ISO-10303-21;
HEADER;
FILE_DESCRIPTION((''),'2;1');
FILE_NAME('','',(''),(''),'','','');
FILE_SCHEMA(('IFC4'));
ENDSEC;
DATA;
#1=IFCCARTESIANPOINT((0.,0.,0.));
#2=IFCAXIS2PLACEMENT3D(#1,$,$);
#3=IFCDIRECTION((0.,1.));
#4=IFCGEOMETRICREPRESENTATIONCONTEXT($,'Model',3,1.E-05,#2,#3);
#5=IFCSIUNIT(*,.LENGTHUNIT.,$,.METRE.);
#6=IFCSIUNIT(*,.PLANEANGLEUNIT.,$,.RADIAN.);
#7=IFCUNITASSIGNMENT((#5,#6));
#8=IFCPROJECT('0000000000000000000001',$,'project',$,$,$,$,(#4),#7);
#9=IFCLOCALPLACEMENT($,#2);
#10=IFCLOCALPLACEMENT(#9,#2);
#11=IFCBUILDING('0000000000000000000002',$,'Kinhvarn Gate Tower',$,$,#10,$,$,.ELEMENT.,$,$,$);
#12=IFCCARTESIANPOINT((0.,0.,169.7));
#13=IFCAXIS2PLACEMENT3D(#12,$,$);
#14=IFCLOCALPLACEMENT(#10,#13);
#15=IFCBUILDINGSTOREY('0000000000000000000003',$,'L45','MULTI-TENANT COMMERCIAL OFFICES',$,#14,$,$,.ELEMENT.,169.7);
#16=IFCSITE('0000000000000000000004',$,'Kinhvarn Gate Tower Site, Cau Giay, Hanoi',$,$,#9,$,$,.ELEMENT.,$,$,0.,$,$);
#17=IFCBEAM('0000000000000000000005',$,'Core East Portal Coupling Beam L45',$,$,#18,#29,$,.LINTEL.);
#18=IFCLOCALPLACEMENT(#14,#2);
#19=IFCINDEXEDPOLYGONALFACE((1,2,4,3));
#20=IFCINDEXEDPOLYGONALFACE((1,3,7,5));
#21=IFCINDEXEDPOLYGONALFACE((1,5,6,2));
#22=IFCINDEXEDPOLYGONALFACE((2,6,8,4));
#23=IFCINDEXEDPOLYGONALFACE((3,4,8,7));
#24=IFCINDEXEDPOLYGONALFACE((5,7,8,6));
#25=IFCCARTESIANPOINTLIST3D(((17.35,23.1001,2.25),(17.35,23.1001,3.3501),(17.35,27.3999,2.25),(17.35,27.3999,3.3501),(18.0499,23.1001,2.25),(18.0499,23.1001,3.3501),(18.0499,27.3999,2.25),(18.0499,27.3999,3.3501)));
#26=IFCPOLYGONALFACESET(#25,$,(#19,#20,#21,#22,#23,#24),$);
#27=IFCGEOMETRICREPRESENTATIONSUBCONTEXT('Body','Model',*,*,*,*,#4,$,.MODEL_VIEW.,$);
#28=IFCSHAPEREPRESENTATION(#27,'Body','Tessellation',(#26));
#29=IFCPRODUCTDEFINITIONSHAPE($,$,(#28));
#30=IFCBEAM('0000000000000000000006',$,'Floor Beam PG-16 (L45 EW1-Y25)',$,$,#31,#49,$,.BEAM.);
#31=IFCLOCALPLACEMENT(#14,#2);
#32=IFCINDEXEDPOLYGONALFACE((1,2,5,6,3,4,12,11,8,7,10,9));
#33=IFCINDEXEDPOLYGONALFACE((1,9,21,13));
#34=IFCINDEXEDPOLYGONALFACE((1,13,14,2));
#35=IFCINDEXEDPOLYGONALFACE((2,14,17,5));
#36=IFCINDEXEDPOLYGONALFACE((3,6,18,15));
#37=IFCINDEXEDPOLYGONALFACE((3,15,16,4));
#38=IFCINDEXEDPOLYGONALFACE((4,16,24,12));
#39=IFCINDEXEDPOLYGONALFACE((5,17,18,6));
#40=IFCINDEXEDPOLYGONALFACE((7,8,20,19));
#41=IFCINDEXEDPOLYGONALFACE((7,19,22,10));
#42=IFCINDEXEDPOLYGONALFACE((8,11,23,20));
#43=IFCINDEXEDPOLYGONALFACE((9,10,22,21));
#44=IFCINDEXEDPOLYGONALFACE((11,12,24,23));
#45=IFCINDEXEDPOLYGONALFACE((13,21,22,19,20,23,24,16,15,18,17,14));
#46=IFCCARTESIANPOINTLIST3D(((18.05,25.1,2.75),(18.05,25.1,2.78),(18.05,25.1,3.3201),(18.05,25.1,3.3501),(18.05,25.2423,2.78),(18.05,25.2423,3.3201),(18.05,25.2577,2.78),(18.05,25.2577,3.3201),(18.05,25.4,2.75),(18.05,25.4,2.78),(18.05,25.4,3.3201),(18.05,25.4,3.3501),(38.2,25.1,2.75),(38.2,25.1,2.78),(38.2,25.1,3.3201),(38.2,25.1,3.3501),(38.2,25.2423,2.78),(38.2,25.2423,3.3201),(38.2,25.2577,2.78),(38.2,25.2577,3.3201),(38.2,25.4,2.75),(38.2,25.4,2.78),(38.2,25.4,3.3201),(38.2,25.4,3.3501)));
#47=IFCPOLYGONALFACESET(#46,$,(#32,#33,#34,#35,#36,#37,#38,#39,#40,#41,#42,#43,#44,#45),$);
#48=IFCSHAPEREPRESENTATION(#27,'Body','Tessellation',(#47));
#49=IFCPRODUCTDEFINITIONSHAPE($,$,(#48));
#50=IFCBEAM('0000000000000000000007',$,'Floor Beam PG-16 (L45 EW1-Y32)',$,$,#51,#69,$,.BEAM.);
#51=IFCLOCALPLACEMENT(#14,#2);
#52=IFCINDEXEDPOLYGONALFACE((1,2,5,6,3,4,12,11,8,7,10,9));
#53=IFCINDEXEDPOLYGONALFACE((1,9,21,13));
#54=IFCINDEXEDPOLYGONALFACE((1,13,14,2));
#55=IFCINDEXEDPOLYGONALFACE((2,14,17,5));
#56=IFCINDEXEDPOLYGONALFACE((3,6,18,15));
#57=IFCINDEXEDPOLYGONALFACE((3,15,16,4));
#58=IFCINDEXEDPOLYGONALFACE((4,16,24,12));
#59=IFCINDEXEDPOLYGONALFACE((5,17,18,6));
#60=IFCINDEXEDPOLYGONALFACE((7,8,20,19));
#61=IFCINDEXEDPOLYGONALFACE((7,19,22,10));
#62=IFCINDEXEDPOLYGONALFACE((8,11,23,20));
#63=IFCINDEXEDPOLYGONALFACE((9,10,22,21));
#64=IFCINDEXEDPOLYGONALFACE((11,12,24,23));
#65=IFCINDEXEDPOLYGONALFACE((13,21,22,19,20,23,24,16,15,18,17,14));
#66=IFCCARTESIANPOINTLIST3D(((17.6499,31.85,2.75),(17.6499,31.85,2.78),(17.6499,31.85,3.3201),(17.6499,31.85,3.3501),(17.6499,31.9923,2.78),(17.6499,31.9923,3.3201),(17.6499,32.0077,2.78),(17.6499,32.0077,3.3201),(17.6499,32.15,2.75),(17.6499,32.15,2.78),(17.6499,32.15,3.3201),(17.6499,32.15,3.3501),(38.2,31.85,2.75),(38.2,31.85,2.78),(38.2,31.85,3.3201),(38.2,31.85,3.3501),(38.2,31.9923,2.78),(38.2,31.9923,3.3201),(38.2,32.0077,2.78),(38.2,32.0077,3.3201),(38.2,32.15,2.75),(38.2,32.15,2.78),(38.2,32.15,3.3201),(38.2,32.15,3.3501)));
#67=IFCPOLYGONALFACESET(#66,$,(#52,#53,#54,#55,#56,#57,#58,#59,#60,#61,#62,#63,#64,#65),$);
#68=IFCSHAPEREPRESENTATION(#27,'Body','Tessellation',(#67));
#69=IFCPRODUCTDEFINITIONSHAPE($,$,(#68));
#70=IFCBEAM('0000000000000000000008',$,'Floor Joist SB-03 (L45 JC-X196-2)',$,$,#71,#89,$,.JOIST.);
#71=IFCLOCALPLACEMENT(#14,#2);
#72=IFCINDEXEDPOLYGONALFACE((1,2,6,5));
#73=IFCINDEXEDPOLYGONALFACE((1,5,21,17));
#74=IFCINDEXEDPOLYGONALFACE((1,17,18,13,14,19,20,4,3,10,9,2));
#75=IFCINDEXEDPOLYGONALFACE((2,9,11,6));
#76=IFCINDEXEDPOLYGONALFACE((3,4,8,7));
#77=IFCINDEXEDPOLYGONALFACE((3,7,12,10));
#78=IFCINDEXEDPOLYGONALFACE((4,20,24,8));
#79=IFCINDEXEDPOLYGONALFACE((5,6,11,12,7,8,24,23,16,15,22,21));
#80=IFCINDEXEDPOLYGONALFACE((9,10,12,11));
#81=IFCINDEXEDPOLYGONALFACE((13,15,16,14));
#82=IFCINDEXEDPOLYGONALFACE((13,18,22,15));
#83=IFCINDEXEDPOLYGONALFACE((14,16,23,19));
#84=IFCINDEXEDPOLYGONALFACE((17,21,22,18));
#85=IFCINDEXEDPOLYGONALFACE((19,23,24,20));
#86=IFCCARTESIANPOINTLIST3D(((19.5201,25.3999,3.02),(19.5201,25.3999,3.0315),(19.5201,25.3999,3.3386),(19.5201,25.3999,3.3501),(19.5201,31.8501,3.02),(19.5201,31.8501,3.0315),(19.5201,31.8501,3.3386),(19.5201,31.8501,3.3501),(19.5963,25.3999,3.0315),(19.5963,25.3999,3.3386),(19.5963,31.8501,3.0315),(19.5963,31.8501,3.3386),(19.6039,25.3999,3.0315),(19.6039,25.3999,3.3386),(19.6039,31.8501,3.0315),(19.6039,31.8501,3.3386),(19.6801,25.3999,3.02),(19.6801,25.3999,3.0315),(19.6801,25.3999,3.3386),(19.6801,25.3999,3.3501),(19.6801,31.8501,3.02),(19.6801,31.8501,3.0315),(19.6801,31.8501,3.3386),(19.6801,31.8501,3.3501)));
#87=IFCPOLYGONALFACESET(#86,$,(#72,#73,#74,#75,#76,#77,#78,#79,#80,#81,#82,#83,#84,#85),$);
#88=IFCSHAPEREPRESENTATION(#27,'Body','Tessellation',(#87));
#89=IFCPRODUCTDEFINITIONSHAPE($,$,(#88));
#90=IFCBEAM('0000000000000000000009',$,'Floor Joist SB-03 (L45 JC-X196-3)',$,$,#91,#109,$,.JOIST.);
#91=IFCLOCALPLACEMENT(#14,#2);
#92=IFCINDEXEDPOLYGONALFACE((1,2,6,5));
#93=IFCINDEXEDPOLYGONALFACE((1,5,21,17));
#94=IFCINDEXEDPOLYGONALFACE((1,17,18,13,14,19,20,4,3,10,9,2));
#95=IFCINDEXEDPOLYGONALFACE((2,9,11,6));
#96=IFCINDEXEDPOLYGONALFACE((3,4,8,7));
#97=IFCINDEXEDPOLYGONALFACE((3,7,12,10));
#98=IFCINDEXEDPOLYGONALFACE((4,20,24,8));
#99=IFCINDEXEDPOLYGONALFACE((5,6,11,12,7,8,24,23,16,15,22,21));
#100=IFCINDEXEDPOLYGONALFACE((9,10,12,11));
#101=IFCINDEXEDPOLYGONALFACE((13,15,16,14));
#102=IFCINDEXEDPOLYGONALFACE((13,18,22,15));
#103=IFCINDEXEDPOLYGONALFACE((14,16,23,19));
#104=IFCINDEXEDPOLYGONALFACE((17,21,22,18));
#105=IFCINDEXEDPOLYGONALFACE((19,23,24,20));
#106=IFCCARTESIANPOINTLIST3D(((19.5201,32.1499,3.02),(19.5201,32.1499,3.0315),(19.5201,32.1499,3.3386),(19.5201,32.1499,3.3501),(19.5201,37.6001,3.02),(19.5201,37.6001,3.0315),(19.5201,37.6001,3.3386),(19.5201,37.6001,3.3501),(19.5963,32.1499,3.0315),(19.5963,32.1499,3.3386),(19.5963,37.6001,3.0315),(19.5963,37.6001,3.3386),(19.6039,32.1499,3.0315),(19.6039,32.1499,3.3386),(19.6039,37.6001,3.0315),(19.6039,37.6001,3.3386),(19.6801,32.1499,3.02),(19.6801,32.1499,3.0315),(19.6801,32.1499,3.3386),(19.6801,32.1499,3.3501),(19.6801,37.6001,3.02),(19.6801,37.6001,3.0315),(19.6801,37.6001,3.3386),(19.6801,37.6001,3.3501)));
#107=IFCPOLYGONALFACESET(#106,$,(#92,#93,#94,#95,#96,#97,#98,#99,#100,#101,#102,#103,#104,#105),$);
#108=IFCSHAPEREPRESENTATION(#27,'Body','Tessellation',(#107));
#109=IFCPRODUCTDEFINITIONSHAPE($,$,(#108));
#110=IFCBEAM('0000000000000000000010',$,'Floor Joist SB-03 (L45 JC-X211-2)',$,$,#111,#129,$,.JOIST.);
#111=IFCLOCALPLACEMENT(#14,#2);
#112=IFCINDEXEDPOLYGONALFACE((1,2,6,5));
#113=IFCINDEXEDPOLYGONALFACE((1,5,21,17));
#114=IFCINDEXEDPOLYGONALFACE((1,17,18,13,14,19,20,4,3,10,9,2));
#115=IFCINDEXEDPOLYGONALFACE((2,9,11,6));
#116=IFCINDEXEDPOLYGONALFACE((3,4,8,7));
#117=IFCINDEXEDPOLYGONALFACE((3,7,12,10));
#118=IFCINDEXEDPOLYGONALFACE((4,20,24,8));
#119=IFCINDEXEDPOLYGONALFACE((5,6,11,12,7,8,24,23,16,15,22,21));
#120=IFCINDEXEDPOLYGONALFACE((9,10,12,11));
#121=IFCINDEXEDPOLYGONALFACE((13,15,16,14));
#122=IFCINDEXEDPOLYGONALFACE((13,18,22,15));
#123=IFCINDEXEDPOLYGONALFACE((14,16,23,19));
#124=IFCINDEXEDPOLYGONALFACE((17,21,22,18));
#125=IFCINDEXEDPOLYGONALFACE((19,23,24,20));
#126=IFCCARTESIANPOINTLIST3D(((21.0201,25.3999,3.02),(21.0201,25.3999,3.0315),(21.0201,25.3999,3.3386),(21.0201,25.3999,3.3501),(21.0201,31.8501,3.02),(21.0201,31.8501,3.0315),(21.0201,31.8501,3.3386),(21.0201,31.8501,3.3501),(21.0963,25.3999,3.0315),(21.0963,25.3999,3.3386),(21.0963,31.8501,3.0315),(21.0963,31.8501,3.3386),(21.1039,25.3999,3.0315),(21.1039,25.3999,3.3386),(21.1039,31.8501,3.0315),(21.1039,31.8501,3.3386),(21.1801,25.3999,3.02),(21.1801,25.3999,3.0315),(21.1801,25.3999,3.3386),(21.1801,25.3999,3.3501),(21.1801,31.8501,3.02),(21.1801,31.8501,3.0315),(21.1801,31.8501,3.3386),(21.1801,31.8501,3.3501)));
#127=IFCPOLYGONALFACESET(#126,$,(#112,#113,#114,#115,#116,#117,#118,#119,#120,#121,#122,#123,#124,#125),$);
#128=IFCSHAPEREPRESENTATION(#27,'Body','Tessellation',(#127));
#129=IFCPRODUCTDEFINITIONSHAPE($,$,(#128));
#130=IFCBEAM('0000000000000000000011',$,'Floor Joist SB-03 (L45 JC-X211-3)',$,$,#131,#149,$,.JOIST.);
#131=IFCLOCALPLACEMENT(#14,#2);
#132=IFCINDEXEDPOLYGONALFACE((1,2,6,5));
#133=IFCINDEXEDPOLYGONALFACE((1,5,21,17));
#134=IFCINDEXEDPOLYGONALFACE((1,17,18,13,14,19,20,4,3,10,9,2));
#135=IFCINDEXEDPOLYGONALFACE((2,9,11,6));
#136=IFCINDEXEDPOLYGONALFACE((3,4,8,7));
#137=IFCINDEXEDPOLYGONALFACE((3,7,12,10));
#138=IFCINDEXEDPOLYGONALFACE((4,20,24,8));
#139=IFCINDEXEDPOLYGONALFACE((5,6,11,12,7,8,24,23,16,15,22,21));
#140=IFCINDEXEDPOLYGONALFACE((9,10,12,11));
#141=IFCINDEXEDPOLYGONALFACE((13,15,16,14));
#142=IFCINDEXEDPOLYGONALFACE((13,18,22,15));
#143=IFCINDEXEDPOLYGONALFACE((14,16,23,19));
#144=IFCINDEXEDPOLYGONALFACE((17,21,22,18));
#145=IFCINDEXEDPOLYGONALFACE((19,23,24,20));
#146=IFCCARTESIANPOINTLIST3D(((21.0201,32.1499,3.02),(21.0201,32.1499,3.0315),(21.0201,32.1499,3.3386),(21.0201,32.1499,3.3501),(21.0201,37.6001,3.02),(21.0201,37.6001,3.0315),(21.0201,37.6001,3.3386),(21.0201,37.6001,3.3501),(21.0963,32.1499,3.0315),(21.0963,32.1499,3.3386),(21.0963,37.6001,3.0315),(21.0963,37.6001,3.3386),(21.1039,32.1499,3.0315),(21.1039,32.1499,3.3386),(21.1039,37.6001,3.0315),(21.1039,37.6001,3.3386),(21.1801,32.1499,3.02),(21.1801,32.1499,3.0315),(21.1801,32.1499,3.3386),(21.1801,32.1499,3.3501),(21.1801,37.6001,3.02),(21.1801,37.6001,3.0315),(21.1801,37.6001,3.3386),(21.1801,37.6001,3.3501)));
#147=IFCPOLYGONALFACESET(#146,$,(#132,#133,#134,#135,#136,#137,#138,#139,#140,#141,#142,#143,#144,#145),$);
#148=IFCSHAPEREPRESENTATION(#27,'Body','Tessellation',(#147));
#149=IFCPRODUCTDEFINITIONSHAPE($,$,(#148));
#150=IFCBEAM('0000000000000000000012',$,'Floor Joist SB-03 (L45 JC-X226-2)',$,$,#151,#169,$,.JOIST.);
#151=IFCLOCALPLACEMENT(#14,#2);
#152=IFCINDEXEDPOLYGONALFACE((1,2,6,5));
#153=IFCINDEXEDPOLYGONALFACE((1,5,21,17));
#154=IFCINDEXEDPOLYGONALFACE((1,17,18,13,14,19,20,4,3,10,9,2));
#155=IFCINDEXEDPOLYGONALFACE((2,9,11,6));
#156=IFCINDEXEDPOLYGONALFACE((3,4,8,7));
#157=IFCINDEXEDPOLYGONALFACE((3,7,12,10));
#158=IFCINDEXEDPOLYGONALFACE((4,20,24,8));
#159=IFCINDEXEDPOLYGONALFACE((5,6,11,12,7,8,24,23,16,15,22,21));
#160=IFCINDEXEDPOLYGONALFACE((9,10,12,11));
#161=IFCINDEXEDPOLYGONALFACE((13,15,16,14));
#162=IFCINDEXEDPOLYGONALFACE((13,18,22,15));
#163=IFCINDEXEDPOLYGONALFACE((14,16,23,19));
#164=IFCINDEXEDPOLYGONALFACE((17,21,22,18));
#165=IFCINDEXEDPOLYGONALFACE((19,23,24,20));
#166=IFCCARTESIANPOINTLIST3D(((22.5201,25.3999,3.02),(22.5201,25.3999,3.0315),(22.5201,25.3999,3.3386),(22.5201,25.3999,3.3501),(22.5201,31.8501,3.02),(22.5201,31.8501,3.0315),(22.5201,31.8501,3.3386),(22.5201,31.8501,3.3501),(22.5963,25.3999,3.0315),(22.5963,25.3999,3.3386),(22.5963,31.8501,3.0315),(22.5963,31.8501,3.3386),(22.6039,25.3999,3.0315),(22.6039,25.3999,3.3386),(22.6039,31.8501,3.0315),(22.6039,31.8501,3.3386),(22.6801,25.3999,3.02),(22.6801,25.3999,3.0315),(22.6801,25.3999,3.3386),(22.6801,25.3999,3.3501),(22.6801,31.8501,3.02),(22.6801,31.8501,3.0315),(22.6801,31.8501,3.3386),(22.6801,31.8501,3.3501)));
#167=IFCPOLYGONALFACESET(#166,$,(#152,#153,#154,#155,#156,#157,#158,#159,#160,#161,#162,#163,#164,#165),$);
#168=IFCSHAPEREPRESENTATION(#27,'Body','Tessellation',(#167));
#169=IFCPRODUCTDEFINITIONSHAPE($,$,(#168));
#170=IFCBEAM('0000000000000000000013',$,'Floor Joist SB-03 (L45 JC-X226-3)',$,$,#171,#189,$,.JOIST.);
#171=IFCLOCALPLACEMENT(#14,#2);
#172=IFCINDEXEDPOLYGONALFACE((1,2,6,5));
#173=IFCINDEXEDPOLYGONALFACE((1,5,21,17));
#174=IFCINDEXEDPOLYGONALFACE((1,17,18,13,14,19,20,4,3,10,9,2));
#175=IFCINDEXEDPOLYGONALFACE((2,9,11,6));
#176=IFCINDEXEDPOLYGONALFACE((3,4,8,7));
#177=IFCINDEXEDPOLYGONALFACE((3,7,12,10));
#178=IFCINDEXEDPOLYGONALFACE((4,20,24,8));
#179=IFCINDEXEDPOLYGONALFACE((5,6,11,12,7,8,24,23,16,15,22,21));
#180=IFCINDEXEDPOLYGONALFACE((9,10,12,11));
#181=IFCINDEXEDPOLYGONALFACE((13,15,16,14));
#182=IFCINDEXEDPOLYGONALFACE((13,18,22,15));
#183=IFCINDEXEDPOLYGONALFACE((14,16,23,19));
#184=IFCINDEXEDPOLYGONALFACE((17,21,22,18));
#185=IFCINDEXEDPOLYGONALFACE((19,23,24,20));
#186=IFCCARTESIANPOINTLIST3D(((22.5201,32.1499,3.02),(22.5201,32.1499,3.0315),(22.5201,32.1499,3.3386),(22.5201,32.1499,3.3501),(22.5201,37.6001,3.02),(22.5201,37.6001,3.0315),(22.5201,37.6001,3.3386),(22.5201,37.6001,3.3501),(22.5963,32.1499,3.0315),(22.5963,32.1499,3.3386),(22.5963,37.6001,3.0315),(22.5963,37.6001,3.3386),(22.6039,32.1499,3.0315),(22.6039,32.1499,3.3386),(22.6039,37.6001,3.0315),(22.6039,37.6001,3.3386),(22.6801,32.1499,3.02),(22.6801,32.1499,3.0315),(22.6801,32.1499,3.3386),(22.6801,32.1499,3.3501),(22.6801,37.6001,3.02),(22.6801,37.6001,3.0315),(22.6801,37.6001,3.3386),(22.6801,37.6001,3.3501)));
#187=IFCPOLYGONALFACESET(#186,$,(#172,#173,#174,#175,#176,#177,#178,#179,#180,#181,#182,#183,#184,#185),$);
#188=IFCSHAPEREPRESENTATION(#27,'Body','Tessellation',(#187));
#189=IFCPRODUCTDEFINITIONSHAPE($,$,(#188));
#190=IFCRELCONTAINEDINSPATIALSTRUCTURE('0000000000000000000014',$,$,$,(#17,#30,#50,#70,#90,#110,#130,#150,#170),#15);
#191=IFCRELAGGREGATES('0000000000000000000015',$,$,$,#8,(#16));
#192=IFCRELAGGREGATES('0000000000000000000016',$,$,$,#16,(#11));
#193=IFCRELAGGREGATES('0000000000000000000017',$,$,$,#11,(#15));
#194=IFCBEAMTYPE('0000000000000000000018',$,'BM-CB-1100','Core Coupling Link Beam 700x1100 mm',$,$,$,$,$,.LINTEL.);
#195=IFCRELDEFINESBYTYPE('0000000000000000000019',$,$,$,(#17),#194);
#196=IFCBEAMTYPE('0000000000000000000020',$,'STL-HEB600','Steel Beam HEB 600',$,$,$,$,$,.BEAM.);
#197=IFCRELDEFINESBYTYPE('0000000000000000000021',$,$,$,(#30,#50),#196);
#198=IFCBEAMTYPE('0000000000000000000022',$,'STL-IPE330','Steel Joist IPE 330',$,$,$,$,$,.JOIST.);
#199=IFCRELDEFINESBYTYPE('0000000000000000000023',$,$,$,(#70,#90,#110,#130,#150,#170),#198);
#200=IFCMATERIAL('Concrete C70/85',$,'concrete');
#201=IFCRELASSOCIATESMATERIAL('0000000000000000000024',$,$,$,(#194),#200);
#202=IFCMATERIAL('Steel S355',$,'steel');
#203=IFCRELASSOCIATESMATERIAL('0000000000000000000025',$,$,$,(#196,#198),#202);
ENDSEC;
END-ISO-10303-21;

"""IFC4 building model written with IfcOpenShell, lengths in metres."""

from ifc_helpers import new_model, si_unit, direction, frame, origin, origin_2d, place, context, subcontext, project, spatial, rectangle, i_section, extrude, material, material_profile, profile_set, type_object, element, save


model = new_model("IFC4")

# Units and contexts
model_context = context("Model", 3, precision=1e-05, world=origin(), true_north=direction((0.0, 1.0)))
body_context = subcontext(model_context, "Body", "Model", "MODEL_VIEW")
ifc_project = project(units=[si_unit("LENGTHUNIT", "METRE"), si_unit("PLANEANGLEUNIT", "RADIAN")], contexts=[model_context])

# Site, building, storey
site_placement = place(None, origin())
site = spatial("IfcSite", under=ifc_project, at=site_placement, Name="Kinhvarn Gate Tower Site, Cau Giay, Hanoi", CompositionType="ELEMENT", RefElevation=0.0)
building_placement = place(site_placement, origin())
building = spatial("IfcBuilding", under=site, at=building_placement, Name="Kinhvarn Gate Tower", CompositionType="ELEMENT")
storey_placement = place(building_placement, frame((0.0, 0.0, 169.7)))
storey = spatial("IfcBuildingStorey", under=building, at=storey_placement, Name="L45", Description="MULTI-TENANT COMMERCIAL OFFICES", CompositionType="ELEMENT", Elevation=169.7)

# Beams
ifc_material_1 = material(Name="Concrete C70/85", Category="concrete")
ifc_material_profile_1 = material_profile(ifc_material_1, rectangle(XDim=0.7, YDim=1.1001, at=origin_2d()), Name="RC 700x1100")
ifc_profile_set_1 = profile_set([ifc_material_profile_1], Name="Concrete C70/85")
beam_type_1 = type_object("IfcBeamType", Name="BM-CB-1100", Description="Core Coupling Link Beam 700x1100 mm", PredefinedType="LINTEL", material=ifc_profile_set_1)
beam_1_placement = place(storey_placement, frame((17.7, 23.1001, 2.8), z_axis=(0.0, 1.0, 0.0), x_axis=(-1.0, 0.0, 0.0)))
element("IfcBeam", 1, at=beam_1_placement, inside=storey, type_object=beam_type_1, Name="Core East Portal Coupling Beam L45", PredefinedType="LINTEL", context=body_context, shape_type="SweptSolid", body=[
    extrude(rectangle(XDim=0.7, YDim=1.1001, at=origin_2d()), origin(), (0.0, 0.0, 1.0), 4.2998),
])
ifc_material_2 = material(Name="Steel S355", Category="steel")
ifc_material_profile_2 = material_profile(ifc_material_2, i_section(OverallWidth=0.3, OverallDepth=0.6001, WebThickness=0.0154, FlangeThickness=0.03, at=origin_2d()), Name="HEB 600")
ifc_profile_set_2 = profile_set([ifc_material_profile_2], Name="Steel S355")
beam_type_2 = type_object("IfcBeamType", Name="STL-HEB600", Description="Steel Beam HEB 600", PredefinedType="BEAM", material=ifc_profile_set_2)
beam_2_placement = place(storey_placement, frame((18.05, 25.25, 3.05), z_axis=(1.0, 0.0, 0.0), x_axis=(0.0, 1.0, 0.0)))
element("IfcBeam", 2, at=beam_2_placement, inside=storey, type_object=beam_type_2, Name="Floor Beam PG-16 (L45 EW1-Y25)", PredefinedType="BEAM", context=body_context, shape_type="SweptSolid", body=[
    extrude(i_section(OverallWidth=0.3, OverallDepth=0.6001, WebThickness=0.0154, FlangeThickness=0.03, at=origin_2d()), origin(), (0.0, 0.0, 1.0), 20.1499),
])
beam_3_placement = place(storey_placement, frame((17.6499, 32.0, 3.05), z_axis=(1.0, 0.0, 0.0), x_axis=(0.0, 1.0, 0.0)))
element("IfcBeam", 3, at=beam_3_placement, inside=storey, type_object=beam_type_2, Name="Floor Beam PG-16 (L45 EW1-Y32)", PredefinedType="BEAM", context=body_context, shape_type="SweptSolid", body=[
    extrude(i_section(OverallWidth=0.3, OverallDepth=0.6001, WebThickness=0.0154, FlangeThickness=0.03, at=origin_2d()), origin(), (0.0, 0.0, 1.0), 20.55),
])
ifc_material_profile_3 = material_profile(ifc_material_2, i_section(OverallWidth=0.1599, OverallDepth=0.3301, WebThickness=0.0076, FlangeThickness=0.0115, at=origin_2d()), Name="IPE 330")
ifc_profile_set_3 = profile_set([ifc_material_profile_3], Name="Steel S355")
beam_type_3 = type_object("IfcBeamType", Name="STL-IPE330", Description="Steel Joist IPE 330", PredefinedType="JOIST", material=ifc_profile_set_3)
beam_4_placement = place(storey_placement, frame((19.6001, 25.3999, 3.1851), z_axis=(0.0, 1.0, 0.0), x_axis=(-1.0, 0.0, 0.0)))
element("IfcBeam", 4, at=beam_4_placement, inside=storey, type_object=beam_type_3, Name="Floor Joist SB-03 (L45 JC-X196-2)", PredefinedType="JOIST", context=body_context, shape_type="SweptSolid", body=[
    extrude(i_section(OverallWidth=0.1599, OverallDepth=0.3301, WebThickness=0.0076, FlangeThickness=0.0115, at=origin_2d()), origin(), (0.0, 0.0, 1.0), 6.4502),
])
beam_5_placement = place(storey_placement, frame((19.6001, 32.1499, 3.1851), z_axis=(0.0, 1.0, 0.0), x_axis=(-1.0, 0.0, 0.0)))
element("IfcBeam", 5, at=beam_5_placement, inside=storey, type_object=beam_type_3, Name="Floor Joist SB-03 (L45 JC-X196-3)", PredefinedType="JOIST", context=body_context, shape_type="SweptSolid", body=[
    extrude(i_section(OverallWidth=0.1599, OverallDepth=0.3301, WebThickness=0.0076, FlangeThickness=0.0115, at=origin_2d()), origin(), (0.0, 0.0, 1.0), 5.4502),
])
beam_6_placement = place(storey_placement, frame((21.1001, 25.3999, 3.1851), z_axis=(0.0, 1.0, 0.0), x_axis=(-1.0, 0.0, 0.0)))
element("IfcBeam", 6, at=beam_6_placement, inside=storey, type_object=beam_type_3, Name="Floor Joist SB-03 (L45 JC-X211-2)", PredefinedType="JOIST", context=body_context, shape_type="SweptSolid", body=[
    extrude(i_section(OverallWidth=0.1599, OverallDepth=0.3301, WebThickness=0.0076, FlangeThickness=0.0115, at=origin_2d()), origin(), (0.0, 0.0, 1.0), 6.4502),
])
beam_7_placement = place(storey_placement, frame((21.1001, 32.1499, 3.1851), z_axis=(0.0, 1.0, 0.0), x_axis=(-1.0, 0.0, 0.0)))
element("IfcBeam", 7, at=beam_7_placement, inside=storey, type_object=beam_type_3, Name="Floor Joist SB-03 (L45 JC-X211-3)", PredefinedType="JOIST", context=body_context, shape_type="SweptSolid", body=[
    extrude(i_section(OverallWidth=0.1599, OverallDepth=0.3301, WebThickness=0.0076, FlangeThickness=0.0115, at=origin_2d()), origin(), (0.0, 0.0, 1.0), 5.4502),
])
beam_8_placement = place(storey_placement, frame((22.6001, 25.3999, 3.1851), z_axis=(0.0, 1.0, 0.0), x_axis=(-1.0, 0.0, 0.0)))
element("IfcBeam", 8, at=beam_8_placement, inside=storey, type_object=beam_type_3, Name="Floor Joist SB-03 (L45 JC-X226-2)", PredefinedType="JOIST", context=body_context, shape_type="SweptSolid", body=[
    extrude(i_section(OverallWidth=0.1599, OverallDepth=0.3301, WebThickness=0.0076, FlangeThickness=0.0115, at=origin_2d()), origin(), (0.0, 0.0, 1.0), 6.4502),
])
beam_9_placement = place(storey_placement, frame((22.6001, 32.1499, 3.1851), z_axis=(0.0, 1.0, 0.0), x_axis=(-1.0, 0.0, 0.0)))
element("IfcBeam", 9, at=beam_9_placement, inside=storey, type_object=beam_type_3, Name="Floor Joist SB-03 (L45 JC-X226-3)", PredefinedType="JOIST", context=body_context, shape_type="SweptSolid", body=[
    extrude(i_section(OverallWidth=0.1599, OverallDepth=0.3301, WebThickness=0.0076, FlangeThickness=0.0115, at=origin_2d()), origin(), (0.0, 0.0, 1.0), 5.4502),
])

save(model, "model.ifc")
